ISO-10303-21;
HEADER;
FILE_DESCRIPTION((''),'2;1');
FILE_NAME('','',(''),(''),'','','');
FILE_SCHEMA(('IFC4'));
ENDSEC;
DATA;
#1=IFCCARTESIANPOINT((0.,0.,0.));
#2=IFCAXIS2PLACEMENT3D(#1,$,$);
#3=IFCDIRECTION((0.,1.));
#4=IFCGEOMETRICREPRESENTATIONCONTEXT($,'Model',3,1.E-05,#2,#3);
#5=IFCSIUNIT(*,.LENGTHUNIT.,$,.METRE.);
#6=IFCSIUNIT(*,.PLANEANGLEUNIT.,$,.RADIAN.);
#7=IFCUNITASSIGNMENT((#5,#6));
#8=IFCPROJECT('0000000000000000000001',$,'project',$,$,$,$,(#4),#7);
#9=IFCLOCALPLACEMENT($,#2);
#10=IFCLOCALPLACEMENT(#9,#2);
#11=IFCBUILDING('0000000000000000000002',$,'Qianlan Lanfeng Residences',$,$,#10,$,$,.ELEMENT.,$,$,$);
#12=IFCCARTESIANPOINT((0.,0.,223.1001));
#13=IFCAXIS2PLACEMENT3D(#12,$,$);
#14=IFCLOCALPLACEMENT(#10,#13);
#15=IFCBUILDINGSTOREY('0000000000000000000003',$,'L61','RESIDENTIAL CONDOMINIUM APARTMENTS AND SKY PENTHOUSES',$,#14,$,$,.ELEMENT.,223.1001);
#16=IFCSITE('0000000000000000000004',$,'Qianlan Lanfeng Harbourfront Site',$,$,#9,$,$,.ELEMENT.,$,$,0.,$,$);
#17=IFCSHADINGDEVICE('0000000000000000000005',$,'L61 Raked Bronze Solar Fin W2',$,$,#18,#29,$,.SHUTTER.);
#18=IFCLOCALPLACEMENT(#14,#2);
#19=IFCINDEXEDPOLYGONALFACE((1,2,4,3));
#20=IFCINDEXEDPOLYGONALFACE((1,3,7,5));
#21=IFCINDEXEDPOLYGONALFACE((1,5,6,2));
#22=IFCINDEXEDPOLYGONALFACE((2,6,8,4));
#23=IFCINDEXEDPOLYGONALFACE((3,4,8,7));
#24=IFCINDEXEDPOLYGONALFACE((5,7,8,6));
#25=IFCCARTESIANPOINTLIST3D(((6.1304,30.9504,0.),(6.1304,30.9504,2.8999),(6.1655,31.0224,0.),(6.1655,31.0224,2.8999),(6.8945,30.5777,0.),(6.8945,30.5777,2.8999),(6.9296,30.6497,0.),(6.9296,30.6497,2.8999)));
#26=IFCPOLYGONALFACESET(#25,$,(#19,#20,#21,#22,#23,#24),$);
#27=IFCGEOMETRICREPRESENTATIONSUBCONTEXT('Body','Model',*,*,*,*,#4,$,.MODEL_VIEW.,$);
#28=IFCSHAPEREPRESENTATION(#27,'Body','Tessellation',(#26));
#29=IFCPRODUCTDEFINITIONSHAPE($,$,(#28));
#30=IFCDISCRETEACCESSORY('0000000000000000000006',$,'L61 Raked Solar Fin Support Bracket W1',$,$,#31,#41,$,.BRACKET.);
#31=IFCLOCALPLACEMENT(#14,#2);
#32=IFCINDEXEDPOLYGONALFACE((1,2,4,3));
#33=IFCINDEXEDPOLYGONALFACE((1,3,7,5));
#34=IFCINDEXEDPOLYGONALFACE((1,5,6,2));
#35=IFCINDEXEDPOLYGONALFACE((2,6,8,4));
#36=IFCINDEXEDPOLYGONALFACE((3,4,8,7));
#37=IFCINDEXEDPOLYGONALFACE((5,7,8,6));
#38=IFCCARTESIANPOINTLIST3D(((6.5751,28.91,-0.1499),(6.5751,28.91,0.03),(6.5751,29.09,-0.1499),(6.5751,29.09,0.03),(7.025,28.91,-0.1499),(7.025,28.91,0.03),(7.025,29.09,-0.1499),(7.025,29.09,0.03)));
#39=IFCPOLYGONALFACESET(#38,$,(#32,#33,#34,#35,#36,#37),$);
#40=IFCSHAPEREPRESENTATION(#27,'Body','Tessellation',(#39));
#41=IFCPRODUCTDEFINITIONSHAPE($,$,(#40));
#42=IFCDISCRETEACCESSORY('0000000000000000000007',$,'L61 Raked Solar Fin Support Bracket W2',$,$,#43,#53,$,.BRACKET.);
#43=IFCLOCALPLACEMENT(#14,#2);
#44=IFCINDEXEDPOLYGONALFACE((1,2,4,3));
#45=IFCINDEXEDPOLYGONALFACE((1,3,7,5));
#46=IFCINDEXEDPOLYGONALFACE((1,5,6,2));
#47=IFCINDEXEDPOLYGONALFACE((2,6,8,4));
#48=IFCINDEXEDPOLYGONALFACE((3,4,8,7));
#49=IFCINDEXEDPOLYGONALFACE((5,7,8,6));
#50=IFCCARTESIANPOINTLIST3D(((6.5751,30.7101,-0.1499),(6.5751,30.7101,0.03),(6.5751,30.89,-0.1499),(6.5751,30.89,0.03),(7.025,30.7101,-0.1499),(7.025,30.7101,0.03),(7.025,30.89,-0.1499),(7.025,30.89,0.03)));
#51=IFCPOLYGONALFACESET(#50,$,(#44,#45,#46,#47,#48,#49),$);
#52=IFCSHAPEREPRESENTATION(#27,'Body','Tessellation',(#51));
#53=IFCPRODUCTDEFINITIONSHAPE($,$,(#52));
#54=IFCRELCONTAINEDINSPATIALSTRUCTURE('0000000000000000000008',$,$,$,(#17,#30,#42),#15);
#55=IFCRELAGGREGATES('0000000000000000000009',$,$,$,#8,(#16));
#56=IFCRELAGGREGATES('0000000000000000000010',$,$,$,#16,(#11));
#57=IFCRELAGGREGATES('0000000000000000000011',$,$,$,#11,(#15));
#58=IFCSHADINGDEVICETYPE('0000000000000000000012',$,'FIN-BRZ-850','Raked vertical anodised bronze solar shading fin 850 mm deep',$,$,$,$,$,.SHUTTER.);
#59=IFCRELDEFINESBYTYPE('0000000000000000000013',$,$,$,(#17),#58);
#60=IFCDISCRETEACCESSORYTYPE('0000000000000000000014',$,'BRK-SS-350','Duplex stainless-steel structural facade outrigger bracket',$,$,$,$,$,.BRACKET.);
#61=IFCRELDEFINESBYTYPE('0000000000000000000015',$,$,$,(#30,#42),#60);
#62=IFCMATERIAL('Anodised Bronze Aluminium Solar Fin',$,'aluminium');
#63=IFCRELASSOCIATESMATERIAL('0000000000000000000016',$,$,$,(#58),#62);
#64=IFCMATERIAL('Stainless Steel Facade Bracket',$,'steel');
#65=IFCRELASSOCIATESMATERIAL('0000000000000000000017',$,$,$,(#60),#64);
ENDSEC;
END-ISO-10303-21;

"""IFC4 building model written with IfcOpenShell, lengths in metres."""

from ifc_helpers import new_model, si_unit, direction, frame, origin, origin_2d, place, context, subcontext, project, spatial, rectangle, extrude, source, transform, mapped, material, type_object, element, save


model = new_model("IFC4")

# Units and contexts
model_context = context("Model", 3, precision=1e-05, world=origin(), true_north=direction((0.0, 1.0)))
body_context = subcontext(model_context, "Body", "Model", "MODEL_VIEW")
ifc_project = project(units=[si_unit("LENGTHUNIT", "METRE"), si_unit("PLANEANGLEUNIT", "RADIAN")], contexts=[model_context])

# Site, building, storey
site_placement = place(None, origin())
site = spatial("IfcSite", under=ifc_project, at=site_placement, Name="Qianlan Lanfeng Harbourfront Site", CompositionType="ELEMENT", RefElevation=0.0)
building_placement = place(site_placement, origin())
building = spatial("IfcBuilding", under=site, at=building_placement, Name="Qianlan Lanfeng Residences", CompositionType="ELEMENT")
storey_placement = place(building_placement, frame((0.0, 0.0, 223.1001)))
storey = spatial("IfcBuildingStorey", under=building, at=storey_placement, Name="L61", Description="RESIDENTIAL CONDOMINIUM APARTMENTS AND SKY PENTHOUSES", CompositionType="ELEMENT", Elevation=223.1001)

# Shading device
ifc_material_1 = material(Name="Anodised Bronze Aluminium Solar Fin", Category="aluminium")
shading_device_type = type_object("IfcShadingDeviceType", Name="FIN-BRZ-850", Description="Raked vertical anodised bronze solar shading fin 850 mm deep", PredefinedType="SHUTTER", material=ifc_material_1)
shared_shape_1 = source(origin(), body_context, "Body", "SweptSolid", [
    extrude(rectangle(XDim=0.8501, YDim=0.0801, at=origin_2d()), origin(), (0.0, 0.0, 1.0), 2.8999),
])
for number, where, z_axis, x_axis, name in (
    (1, (6.53, 30.8, 0.0), (0.0, 0.0, 1.0), (0.898794, -0.438371, 0.0), "L61 Raked Bronze Solar Fin W2"),
):
    element("IfcShadingDevice", number, at=place(storey_placement, frame(where, z_axis=z_axis, x_axis=x_axis)), inside=storey, type_object=shading_device_type, Name=name, PredefinedType="SHUTTER", context=body_context, shape_type="MappedRepresentation", body=[
        mapped(shared_shape_1, transform((0.0, 0.0, 0.0), scale=1.0)),
    ])

# Discrete accessories
ifc_material_2 = material(Name="Stainless Steel Facade Bracket", Category="steel")
discrete_accessory_type = type_object("IfcDiscreteAccessoryType", Name="BRK-SS-350", Description="Duplex stainless-steel structural facade outrigger bracket", PredefinedType="BRACKET", material=ifc_material_2)
shared_shape_2 = source(origin(), body_context, "Body", "SweptSolid", [
    extrude(rectangle(XDim=0.45, YDim=0.1799, at=origin_2d()), origin(), (0.0, 0.0, 1.0), 0.1799),
])
for number, where, z_axis, x_axis, name in (
    (2, (6.8, 29.0, -0.1499), (0.0, 0.0, 1.0), (1.0, 0.0, 0.0), "L61 Raked Solar Fin Support Bracket W1"),
    (3, (6.8, 30.8, -0.1499), (0.0, 0.0, 1.0), (1.0, 0.0, 0.0), "L61 Raked Solar Fin Support Bracket W2"),
):
    element("IfcDiscreteAccessory", number, at=place(storey_placement, frame(where, z_axis=z_axis, x_axis=x_axis)), inside=storey, type_object=discrete_accessory_type, Name=name, PredefinedType="BRACKET", context=body_context, shape_type="MappedRepresentation", body=[
        mapped(shared_shape_2, transform((0.0, 0.0, 0.0), scale=1.0)),
    ])

save(model, "model.ifc")
